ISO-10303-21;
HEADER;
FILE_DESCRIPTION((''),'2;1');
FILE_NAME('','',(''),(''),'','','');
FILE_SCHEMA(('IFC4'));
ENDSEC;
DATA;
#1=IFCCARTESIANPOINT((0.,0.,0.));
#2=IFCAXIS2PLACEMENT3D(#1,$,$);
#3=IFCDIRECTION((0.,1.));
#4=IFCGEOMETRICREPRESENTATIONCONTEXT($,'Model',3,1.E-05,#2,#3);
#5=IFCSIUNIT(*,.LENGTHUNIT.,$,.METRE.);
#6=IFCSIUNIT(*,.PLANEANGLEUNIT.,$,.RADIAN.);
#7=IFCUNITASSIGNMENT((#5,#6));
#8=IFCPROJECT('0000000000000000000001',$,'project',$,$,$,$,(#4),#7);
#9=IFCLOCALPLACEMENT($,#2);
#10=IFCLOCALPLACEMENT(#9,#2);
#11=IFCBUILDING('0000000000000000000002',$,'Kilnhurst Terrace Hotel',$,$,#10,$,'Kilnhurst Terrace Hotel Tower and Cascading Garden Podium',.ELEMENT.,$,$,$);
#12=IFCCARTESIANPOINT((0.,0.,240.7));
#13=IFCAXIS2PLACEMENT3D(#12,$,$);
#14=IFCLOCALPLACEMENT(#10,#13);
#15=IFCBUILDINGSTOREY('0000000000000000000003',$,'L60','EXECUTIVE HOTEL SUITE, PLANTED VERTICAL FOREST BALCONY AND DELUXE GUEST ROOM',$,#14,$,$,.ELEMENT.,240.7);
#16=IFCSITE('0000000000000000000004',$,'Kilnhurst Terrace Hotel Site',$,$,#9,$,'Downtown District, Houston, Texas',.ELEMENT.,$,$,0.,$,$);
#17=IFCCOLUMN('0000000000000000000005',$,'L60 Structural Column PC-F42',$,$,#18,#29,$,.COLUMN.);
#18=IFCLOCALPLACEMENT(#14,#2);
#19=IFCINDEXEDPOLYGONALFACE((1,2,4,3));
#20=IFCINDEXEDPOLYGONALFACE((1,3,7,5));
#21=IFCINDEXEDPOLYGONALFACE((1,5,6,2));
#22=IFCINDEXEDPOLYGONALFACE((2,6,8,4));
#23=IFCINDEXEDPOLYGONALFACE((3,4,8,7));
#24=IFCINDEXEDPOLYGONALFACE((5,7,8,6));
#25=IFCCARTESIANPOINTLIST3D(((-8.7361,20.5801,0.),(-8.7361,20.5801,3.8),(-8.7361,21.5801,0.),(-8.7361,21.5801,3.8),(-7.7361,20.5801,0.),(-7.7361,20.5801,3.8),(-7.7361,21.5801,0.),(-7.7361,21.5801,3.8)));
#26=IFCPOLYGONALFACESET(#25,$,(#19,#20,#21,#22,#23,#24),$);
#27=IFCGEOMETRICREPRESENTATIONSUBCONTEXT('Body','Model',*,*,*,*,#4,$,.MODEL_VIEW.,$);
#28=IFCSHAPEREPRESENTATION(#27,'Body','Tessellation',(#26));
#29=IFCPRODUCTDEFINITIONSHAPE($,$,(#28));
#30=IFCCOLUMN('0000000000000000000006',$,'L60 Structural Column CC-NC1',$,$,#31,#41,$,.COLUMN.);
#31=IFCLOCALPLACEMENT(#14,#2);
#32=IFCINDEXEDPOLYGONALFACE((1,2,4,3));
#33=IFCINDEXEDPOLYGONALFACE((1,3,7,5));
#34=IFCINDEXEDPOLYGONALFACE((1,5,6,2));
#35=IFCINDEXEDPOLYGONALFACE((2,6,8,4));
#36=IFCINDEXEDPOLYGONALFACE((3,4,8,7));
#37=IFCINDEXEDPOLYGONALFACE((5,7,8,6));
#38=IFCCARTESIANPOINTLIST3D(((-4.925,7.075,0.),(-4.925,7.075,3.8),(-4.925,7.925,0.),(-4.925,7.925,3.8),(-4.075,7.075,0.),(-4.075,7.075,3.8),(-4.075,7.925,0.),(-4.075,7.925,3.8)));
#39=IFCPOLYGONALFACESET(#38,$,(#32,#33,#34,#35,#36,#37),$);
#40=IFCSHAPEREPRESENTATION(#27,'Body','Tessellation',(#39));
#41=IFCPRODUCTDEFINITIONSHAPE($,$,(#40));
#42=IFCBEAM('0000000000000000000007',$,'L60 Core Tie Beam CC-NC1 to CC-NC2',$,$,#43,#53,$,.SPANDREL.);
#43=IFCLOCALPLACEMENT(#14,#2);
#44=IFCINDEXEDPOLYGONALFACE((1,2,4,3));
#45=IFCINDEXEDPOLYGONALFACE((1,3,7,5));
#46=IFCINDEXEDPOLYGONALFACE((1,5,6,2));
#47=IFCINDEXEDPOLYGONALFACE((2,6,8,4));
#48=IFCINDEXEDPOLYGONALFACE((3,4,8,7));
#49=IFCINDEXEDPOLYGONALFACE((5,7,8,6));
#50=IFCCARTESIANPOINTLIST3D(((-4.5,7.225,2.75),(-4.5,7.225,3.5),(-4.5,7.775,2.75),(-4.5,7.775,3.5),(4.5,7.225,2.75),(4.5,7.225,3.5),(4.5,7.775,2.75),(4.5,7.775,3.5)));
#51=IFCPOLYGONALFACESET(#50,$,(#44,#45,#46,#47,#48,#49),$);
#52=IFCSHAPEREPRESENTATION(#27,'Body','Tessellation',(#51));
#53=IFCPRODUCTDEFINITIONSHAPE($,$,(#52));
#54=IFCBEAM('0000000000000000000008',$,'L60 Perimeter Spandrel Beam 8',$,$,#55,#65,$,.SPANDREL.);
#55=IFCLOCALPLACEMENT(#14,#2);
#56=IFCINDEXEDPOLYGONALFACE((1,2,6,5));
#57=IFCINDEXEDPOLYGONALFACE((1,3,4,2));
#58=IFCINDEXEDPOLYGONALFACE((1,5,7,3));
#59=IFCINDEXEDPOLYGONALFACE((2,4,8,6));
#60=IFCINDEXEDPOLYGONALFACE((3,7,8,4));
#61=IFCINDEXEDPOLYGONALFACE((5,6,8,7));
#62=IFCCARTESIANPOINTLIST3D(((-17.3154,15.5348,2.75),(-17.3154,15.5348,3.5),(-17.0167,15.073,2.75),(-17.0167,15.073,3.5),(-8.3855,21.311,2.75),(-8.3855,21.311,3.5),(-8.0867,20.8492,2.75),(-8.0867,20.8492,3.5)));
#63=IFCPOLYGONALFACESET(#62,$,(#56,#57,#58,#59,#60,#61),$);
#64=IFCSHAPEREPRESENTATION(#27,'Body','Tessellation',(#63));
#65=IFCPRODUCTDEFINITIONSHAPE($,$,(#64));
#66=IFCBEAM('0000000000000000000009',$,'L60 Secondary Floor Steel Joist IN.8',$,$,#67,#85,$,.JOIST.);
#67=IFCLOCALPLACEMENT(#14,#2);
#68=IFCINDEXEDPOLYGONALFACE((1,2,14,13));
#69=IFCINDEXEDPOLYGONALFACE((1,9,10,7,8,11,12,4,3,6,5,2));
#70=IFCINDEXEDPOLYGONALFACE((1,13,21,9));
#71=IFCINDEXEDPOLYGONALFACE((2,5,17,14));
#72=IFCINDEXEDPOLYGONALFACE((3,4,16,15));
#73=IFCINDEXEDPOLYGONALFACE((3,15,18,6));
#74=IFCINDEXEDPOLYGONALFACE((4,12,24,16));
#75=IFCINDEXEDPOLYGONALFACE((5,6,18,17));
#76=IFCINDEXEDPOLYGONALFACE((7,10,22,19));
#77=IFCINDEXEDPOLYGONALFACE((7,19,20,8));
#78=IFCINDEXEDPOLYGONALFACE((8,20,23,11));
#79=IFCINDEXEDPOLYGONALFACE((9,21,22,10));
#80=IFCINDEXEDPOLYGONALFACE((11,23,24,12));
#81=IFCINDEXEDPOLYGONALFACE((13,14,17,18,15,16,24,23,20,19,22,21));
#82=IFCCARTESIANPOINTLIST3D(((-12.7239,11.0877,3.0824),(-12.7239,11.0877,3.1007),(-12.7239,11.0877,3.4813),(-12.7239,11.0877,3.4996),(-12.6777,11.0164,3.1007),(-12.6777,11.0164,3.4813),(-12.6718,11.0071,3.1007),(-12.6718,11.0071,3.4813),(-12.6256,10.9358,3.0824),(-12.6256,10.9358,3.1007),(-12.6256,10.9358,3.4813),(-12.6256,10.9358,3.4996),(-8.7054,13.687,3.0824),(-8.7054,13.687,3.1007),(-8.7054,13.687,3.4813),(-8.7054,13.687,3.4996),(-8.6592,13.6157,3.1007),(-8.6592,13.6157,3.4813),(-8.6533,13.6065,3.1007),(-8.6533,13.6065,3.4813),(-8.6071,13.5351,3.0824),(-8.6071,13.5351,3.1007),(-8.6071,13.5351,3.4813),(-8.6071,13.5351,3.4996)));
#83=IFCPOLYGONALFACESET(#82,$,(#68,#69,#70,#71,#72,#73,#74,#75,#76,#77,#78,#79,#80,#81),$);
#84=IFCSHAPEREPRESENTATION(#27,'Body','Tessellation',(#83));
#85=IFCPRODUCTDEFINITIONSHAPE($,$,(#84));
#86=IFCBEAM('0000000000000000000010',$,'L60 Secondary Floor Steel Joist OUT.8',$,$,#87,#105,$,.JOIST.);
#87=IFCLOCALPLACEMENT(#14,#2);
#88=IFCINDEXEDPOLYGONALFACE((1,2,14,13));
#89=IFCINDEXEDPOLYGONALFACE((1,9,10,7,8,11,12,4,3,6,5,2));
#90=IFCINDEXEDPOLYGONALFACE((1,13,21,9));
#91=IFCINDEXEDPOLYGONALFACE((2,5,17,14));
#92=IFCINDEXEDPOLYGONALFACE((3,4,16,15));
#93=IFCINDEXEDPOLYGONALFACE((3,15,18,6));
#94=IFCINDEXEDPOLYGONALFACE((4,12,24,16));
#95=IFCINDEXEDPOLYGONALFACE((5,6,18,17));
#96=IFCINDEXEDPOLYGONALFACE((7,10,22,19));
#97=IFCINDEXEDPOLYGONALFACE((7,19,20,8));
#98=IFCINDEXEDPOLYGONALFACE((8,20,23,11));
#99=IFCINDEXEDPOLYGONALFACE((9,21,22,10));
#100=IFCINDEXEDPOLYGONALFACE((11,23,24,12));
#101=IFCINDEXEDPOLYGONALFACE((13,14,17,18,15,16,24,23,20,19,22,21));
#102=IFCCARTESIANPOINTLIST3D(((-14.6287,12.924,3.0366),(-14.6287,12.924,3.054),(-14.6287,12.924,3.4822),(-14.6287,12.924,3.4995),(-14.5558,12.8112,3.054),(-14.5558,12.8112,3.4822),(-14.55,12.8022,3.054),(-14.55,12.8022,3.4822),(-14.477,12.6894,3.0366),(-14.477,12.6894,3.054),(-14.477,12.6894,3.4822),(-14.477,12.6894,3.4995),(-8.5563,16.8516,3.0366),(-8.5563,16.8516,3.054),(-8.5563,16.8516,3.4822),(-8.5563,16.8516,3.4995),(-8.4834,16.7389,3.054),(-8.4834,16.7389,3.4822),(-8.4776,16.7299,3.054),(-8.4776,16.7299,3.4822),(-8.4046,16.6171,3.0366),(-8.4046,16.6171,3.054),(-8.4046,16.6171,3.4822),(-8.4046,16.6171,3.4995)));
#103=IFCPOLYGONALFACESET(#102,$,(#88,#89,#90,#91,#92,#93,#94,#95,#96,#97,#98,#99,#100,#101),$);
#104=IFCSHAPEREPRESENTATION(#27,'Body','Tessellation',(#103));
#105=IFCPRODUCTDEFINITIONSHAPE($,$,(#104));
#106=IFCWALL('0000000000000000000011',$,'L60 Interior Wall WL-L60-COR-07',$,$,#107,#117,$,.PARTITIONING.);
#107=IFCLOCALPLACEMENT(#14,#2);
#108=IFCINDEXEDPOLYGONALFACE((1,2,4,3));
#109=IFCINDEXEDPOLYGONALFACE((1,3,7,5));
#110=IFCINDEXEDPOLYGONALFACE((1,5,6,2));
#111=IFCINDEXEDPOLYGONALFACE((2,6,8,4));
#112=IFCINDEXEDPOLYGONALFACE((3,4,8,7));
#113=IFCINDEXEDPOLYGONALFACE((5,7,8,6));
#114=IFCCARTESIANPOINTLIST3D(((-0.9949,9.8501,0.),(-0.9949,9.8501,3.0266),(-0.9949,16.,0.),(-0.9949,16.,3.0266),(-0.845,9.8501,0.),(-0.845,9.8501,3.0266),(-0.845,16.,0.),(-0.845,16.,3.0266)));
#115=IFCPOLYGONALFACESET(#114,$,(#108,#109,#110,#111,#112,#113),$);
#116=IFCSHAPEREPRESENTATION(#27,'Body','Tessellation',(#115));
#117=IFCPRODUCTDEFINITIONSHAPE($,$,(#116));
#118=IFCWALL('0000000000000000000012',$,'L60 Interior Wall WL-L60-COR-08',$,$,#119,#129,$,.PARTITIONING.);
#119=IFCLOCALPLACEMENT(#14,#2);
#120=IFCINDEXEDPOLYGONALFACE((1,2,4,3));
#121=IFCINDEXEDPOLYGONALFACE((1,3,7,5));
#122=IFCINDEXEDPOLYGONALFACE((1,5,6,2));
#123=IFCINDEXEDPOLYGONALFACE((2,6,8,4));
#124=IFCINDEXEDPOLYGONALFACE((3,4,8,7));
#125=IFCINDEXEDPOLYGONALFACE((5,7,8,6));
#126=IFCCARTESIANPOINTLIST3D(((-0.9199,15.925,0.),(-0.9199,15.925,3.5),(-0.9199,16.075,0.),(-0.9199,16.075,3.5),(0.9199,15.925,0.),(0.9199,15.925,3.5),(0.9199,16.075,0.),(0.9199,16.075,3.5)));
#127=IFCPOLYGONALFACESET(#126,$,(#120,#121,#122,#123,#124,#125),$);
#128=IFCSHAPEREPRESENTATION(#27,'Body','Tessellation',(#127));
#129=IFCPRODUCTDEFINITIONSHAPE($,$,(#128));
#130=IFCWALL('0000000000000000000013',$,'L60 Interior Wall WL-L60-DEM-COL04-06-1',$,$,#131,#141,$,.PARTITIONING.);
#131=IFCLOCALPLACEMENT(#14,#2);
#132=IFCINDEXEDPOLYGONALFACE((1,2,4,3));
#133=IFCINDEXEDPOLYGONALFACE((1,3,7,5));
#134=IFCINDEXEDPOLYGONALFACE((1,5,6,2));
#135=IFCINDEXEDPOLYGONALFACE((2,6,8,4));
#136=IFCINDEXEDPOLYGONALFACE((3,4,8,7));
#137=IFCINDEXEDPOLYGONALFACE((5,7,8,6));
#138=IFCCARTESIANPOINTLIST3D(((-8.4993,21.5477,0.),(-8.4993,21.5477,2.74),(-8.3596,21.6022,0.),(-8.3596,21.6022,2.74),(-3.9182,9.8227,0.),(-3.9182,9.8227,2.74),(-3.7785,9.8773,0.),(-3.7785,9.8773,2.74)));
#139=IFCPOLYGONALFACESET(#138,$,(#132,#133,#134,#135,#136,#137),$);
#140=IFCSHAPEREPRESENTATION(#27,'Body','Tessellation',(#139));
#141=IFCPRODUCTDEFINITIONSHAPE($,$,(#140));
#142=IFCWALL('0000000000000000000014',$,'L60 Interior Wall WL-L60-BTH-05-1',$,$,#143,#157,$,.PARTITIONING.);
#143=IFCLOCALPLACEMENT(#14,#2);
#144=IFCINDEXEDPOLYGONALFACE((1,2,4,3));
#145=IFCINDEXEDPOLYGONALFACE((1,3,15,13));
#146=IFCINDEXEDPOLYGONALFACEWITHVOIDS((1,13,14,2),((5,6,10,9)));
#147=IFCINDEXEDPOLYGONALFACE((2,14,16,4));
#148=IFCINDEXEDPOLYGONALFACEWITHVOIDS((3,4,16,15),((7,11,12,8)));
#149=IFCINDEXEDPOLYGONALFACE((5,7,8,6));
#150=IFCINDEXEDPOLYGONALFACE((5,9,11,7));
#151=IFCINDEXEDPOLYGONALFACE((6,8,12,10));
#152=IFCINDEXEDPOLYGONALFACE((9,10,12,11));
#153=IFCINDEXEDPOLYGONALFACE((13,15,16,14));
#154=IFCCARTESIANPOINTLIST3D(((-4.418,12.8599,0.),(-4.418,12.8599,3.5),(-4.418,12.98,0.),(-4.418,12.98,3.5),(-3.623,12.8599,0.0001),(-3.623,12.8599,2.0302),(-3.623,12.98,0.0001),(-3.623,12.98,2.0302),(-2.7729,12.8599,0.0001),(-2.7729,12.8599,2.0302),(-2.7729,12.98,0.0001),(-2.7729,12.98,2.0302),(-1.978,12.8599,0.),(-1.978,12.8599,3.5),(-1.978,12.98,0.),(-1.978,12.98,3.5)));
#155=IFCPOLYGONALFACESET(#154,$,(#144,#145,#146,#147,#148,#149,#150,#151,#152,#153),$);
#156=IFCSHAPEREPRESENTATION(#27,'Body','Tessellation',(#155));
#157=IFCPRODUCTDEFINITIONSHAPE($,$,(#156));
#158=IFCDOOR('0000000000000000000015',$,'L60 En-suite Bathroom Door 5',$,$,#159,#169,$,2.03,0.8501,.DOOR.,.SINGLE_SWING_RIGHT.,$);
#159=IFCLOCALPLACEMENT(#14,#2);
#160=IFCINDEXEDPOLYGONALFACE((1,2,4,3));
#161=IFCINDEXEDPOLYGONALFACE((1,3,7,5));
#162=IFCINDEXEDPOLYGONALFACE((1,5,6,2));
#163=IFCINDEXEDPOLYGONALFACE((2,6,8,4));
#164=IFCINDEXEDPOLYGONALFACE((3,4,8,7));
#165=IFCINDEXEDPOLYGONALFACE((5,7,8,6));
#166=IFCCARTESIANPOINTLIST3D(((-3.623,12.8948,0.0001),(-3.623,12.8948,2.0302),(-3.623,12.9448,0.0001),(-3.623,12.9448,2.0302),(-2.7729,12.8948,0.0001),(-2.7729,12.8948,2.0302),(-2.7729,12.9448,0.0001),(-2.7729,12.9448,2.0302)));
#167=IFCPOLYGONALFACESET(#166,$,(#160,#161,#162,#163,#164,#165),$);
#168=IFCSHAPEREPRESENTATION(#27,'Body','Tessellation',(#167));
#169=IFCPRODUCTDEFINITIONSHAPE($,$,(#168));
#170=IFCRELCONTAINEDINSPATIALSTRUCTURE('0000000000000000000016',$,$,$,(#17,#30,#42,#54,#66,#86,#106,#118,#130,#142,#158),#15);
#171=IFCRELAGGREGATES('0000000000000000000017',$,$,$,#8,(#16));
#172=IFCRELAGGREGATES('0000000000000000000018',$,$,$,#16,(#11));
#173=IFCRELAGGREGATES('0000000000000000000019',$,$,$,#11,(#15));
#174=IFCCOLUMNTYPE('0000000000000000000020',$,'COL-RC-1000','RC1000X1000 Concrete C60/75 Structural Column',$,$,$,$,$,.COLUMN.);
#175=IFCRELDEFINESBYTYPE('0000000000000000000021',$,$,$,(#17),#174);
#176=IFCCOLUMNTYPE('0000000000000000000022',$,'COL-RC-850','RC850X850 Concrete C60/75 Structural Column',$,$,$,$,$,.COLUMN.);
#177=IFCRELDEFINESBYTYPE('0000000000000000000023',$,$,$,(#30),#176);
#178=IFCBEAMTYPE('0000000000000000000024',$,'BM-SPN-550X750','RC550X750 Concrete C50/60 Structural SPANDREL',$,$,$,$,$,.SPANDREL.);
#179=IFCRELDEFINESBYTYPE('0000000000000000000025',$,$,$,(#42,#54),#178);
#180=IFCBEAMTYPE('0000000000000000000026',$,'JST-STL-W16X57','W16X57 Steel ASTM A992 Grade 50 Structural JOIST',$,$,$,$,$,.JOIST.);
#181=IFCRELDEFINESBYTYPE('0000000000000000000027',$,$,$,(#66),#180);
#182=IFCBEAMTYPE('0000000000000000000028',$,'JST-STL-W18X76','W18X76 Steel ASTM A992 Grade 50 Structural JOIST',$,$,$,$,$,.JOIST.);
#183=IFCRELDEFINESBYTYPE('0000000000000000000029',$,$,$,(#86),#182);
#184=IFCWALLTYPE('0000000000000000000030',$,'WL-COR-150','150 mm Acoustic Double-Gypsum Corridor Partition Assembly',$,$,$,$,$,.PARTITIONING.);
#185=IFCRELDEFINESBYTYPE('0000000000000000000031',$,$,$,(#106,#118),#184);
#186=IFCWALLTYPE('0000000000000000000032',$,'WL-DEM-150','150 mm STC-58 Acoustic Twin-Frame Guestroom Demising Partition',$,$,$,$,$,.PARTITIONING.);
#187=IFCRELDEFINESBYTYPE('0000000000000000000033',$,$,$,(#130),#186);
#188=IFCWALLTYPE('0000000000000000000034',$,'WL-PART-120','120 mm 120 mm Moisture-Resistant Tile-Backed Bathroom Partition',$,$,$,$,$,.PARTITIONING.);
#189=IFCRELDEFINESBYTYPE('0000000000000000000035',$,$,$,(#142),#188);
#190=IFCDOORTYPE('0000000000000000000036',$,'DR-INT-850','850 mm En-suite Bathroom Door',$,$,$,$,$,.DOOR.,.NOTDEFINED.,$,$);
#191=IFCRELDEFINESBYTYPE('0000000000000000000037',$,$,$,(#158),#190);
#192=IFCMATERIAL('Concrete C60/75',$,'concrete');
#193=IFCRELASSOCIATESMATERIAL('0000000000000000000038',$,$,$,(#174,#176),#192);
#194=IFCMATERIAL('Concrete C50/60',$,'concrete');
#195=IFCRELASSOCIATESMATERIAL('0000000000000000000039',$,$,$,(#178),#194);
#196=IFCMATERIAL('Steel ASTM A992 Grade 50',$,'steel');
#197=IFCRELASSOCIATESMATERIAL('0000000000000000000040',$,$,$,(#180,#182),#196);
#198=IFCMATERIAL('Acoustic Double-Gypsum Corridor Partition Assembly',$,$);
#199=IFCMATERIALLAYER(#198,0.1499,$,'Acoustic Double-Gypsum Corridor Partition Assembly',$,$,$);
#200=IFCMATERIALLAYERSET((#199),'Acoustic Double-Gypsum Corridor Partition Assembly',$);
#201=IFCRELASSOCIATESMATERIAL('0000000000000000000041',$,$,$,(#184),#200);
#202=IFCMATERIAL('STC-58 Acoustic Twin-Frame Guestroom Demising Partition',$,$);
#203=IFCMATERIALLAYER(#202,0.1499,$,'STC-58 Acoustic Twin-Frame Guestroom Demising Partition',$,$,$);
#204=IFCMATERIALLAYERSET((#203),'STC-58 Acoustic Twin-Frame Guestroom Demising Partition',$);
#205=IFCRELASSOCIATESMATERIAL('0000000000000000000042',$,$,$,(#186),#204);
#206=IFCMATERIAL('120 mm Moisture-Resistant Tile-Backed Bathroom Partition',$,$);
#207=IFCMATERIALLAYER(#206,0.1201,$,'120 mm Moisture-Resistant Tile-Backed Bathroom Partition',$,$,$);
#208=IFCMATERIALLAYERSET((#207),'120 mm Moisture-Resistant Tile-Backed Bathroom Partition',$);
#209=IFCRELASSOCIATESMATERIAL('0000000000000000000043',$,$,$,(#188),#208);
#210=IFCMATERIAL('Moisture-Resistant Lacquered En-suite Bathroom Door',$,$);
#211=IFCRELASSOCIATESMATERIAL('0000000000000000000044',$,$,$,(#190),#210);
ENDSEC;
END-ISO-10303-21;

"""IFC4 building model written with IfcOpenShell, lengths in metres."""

from ifc_helpers import new_model, si_unit, direction, frame, frame_2d, origin, origin_2d, place, context, subcontext, project, spatial, rectangle, i_section, extrude, material, layer, layer_set, material_profile, profile_set, type_object, element, fill, save


model = new_model("IFC4")

# Units and contexts
model_context = context("Model", 3, precision=1e-05, world=origin(), true_north=direction((0.0, 1.0)))
body_context = subcontext(model_context, "Body", "Model", "MODEL_VIEW")
ifc_project = project(units=[si_unit("LENGTHUNIT", "METRE"), si_unit("PLANEANGLEUNIT", "RADIAN")], contexts=[model_context])

# Site, building, storey
site_placement = place(None, origin())
site = spatial("IfcSite", under=ifc_project, at=site_placement, Name="Kilnhurst Terrace Hotel Site", LongName="Downtown District, Houston, Texas", CompositionType="ELEMENT", RefElevation=0.0)
building_placement = place(site_placement, origin())
building = spatial("IfcBuilding", under=site, at=building_placement, Name="Kilnhurst Terrace Hotel", LongName="Kilnhurst Terrace Hotel Tower and Cascading Garden Podium", CompositionType="ELEMENT")
storey_placement = place(building_placement, frame((0.0, 0.0, 240.7)))
storey = spatial("IfcBuildingStorey", under=building, at=storey_placement, Name="L60", Description="EXECUTIVE HOTEL SUITE, PLANTED VERTICAL FOREST BALCONY AND DELUXE GUEST ROOM", CompositionType="ELEMENT", Elevation=240.7)

# Columns
ifc_material_1 = material(Name="Concrete C60/75", Category="concrete")
ifc_material_profile_1 = material_profile(ifc_material_1, rectangle(XDim=1.0, YDim=1.0, at=origin_2d()), Name="RC1000X1000")
ifc_profile_set_1 = profile_set([ifc_material_profile_1], Name="Concrete C60/75")
column_type_1 = type_object("IfcColumnType", Name="COL-RC-1000", Description="RC1000X1000 Concrete C60/75 Structural Column", PredefinedType="COLUMN", material=ifc_profile_set_1)
column_1_placement = place(storey_placement, frame((-8.2361, 21.0801, 0.0), z_axis=(0.0, 0.0, 1.0), x_axis=(1.0, 0.0, 0.0)))
element("IfcColumn", 1, at=column_1_placement, inside=storey, type_object=column_type_1, Name="L60 Structural Column PC-F42", PredefinedType="COLUMN", context=body_context, shape_type="SweptSolid", body=[
    extrude(rectangle(XDim=1.0, YDim=1.0, at=origin_2d()), origin(), (0.0, 0.0, 1.0), 3.8),
])
ifc_material_profile_2 = material_profile(ifc_material_1, rectangle(XDim=0.8501, YDim=0.8501, at=origin_2d()), Name="RC850X850")
ifc_profile_set_2 = profile_set([ifc_material_profile_2], Name="Concrete C60/75")
column_type_2 = type_object("IfcColumnType", Name="COL-RC-850", Description="RC850X850 Concrete C60/75 Structural Column", PredefinedType="COLUMN", material=ifc_profile_set_2)
column_2_placement = place(storey_placement, frame((-4.5, 7.5, 0.0), z_axis=(0.0, 0.0, 1.0), x_axis=(1.0, 0.0, 0.0)))
element("IfcColumn", 2, at=column_2_placement, inside=storey, type_object=column_type_2, Name="L60 Structural Column CC-NC1", PredefinedType="COLUMN", context=body_context, shape_type="SweptSolid", body=[
    extrude(rectangle(XDim=0.8501, YDim=0.8501, at=origin_2d()), origin(), (0.0, 0.0, 1.0), 3.8),
])

# Beams
ifc_material_2 = material(Name="Concrete C50/60", Category="concrete")
ifc_material_profile_3 = material_profile(ifc_material_2, rectangle(XDim=0.55, YDim=0.75, at=origin_2d()), Name="RC550X750")
ifc_profile_set_3 = profile_set([ifc_material_profile_3], Name="Concrete C50/60")
beam_type_1 = type_object("IfcBeamType", Name="BM-SPN-550X750", Description="RC550X750 Concrete C50/60 Structural SPANDREL", PredefinedType="SPANDREL", material=ifc_profile_set_3)
beam_1_placement = place(storey_placement, frame((-4.5, 7.5, 3.125), z_axis=(1.0, 0.0, 0.0), x_axis=(0.0, 1.0, 0.0)))
element("IfcBeam", 3, at=beam_1_placement, inside=storey, type_object=beam_type_1, Name="L60 Core Tie Beam CC-NC1 to CC-NC2", PredefinedType="SPANDREL", context=body_context, shape_type="SweptSolid", body=[
    extrude(rectangle(XDim=0.55, YDim=0.75, at=origin_2d()), origin(), (0.0, 0.0, 1.0), 9.0),
])
beam_2_placement = place(storey_placement, frame((-8.2361, 21.0801, 3.125), z_axis=(-0.839659, -0.543114, 0.0), x_axis=(0.543114, -0.839659, 0.0)))
element("IfcBeam", 4, at=beam_2_placement, inside=storey, type_object=beam_type_1, Name="L60 Perimeter Spandrel Beam 8", PredefinedType="SPANDREL", context=body_context, shape_type="SweptSolid", body=[
    extrude(rectangle(XDim=0.55, YDim=0.75, at=origin_2d()), origin(), (0.0, 0.0, 1.0), 10.6353),
])
ifc_material_3 = material(Name="Steel ASTM A992 Grade 50", Category="steel")
ifc_material_profile_4 = material_profile(ifc_material_3, i_section(OverallWidth=0.1809, OverallDepth=0.4172, WebThickness=0.011, FlangeThickness=0.0183, at=origin_2d()), Name="W16X57")
ifc_profile_set_4 = profile_set([ifc_material_profile_4], Name="Steel ASTM A992 Grade 50")
beam_type_2 = type_object("IfcBeamType", Name="JST-STL-W16X57", Description="W16X57 Steel ASTM A992 Grade 50 Structural JOIST", PredefinedType="JOIST", material=ifc_profile_set_4)
beam_3_placement = place(storey_placement, frame((-8.6562, 13.6111, 3.291), z_axis=(-0.839654, -0.543122, 0.0), x_axis=(0.543122, -0.839654, 0.0)))
element("IfcBeam", 5, at=beam_3_placement, inside=storey, type_object=beam_type_2, Name="L60 Secondary Floor Steel Joist IN.8", PredefinedType="JOIST", context=body_context, shape_type="SweptSolid", body=[
    extrude(i_section(OverallWidth=0.1809, OverallDepth=0.4172, WebThickness=0.011, FlangeThickness=0.0183, at=origin_2d()), origin(), (0.0, 0.0, 1.0), 4.7859),
])
ifc_material_profile_5 = material_profile(ifc_material_3, i_section(OverallWidth=0.2793, OverallDepth=0.4629, WebThickness=0.0107, FlangeThickness=0.0173, at=origin_2d()), Name="W18X76")
ifc_profile_set_5 = profile_set([ifc_material_profile_5], Name="Steel ASTM A992 Grade 50")
beam_type_3 = type_object("IfcBeamType", Name="JST-STL-W18X76", Description="W18X76 Steel ASTM A992 Grade 50 Structural JOIST", PredefinedType="JOIST", material=ifc_profile_set_5)
beam_4_placement = place(storey_placement, frame((-8.4805, 16.7344, 3.2681), z_axis=(-0.839667, -0.543101, 0.0), x_axis=(0.543101, -0.839667, 0.0)))
element("IfcBeam", 6, at=beam_4_placement, inside=storey, type_object=beam_type_3, Name="L60 Secondary Floor Steel Joist OUT.8", PredefinedType="JOIST", context=body_context, shape_type="SweptSolid", body=[
    extrude(i_section(OverallWidth=0.2793, OverallDepth=0.4629, WebThickness=0.0107, FlangeThickness=0.0173, at=origin_2d()), origin(), (0.0, 0.0, 1.0), 7.2319),
])

# Walls
ifc_material_4 = material(Name="Acoustic Double-Gypsum Corridor Partition Assembly")
ifc_layer_1 = layer(ifc_material_4, 0.1499, Name="Acoustic Double-Gypsum Corridor Partition Assembly")
ifc_layer_set_1 = layer_set([ifc_layer_1], Name="Acoustic Double-Gypsum Corridor Partition Assembly")
wall_type_1 = type_object("IfcWallType", Name="WL-COR-150", Description="150 mm Acoustic Double-Gypsum Corridor Partition Assembly", PredefinedType="PARTITIONING", material=ifc_layer_set_1)
wall_1_placement = place(storey_placement, frame((-0.9199, 9.8501, 0.0), z_axis=(0.0, 0.0, 1.0), x_axis=(0.0, 1.0, 0.0)))
element("IfcWall", 7, at=wall_1_placement, inside=storey, type_object=wall_type_1, Name="L60 Interior Wall WL-L60-COR-07", PredefinedType="PARTITIONING", context=body_context, shape_type="SweptSolid", body=[
    extrude(rectangle(XDim=6.1499, YDim=0.1499, at=frame_2d((3.075, 0.0))), origin(), (0.0, 0.0, 1.0), 3.0266),
])
wall_2_placement = place(storey_placement, frame((-0.9199, 16.0, 0.0), z_axis=(0.0, 0.0, 1.0), x_axis=(1.0, 0.0, 0.0)))
element("IfcWall", 8, at=wall_2_placement, inside=storey, type_object=wall_type_1, Name="L60 Interior Wall WL-L60-COR-08", PredefinedType="PARTITIONING", context=body_context, shape_type="SweptSolid", body=[
    extrude(rectangle(XDim=1.8398, YDim=0.1499, at=frame_2d((0.9199, 0.0))), origin(), (0.0, 0.0, 1.0), 3.5),
])
ifc_material_5 = material(Name="STC-58 Acoustic Twin-Frame Guestroom Demising Partition")
ifc_layer_2 = layer(ifc_material_5, 0.1499, Name="STC-58 Acoustic Twin-Frame Guestroom Demising Partition")
ifc_layer_set_2 = layer_set([ifc_layer_2], Name="STC-58 Acoustic Twin-Frame Guestroom Demising Partition")
wall_type_2 = type_object("IfcWallType", Name="WL-DEM-150", Description="150 mm STC-58 Acoustic Twin-Frame Guestroom Demising Partition", PredefinedType="PARTITIONING", material=ifc_layer_set_2)
wall_3_placement = place(storey_placement, frame((-3.8484, 9.8501, 0.0), z_axis=(0.0, 0.0, 1.0), x_axis=(-0.363922, 0.93143, 0.0)))
element("IfcWall", 9, at=wall_3_placement, inside=storey, type_object=wall_type_2, Name="L60 Interior Wall WL-L60-DEM-COL04-06-1", PredefinedType="PARTITIONING", context=body_context, shape_type="SweptSolid", body=[
    extrude(rectangle(XDim=12.5881, YDim=0.1499, at=frame_2d((6.2939, 0.0))), origin(), (0.0, 0.0, 1.0), 2.74),
])

# Wall, opening, door
ifc_material_6 = material(Name="120 mm Moisture-Resistant Tile-Backed Bathroom Partition")
ifc_layer_3 = layer(ifc_material_6, 0.1201, Name="120 mm Moisture-Resistant Tile-Backed Bathroom Partition")
ifc_layer_set_3 = layer_set([ifc_layer_3], Name="120 mm Moisture-Resistant Tile-Backed Bathroom Partition")
wall_type_3 = type_object("IfcWallType", Name="WL-PART-120", Description="120 mm 120 mm Moisture-Resistant Tile-Backed Bathroom Partition", PredefinedType="PARTITIONING", material=ifc_layer_set_3)
wall_4_placement = place(storey_placement, frame((-4.418, 12.9199, 0.0), z_axis=(0.0, 0.0, 1.0), x_axis=(1.0, 0.0, 0.0)))
wall_4 = element("IfcWall", 10, at=wall_4_placement, inside=storey, type_object=wall_type_3, Name="L60 Interior Wall WL-L60-BTH-05-1", PredefinedType="PARTITIONING", context=body_context, shape_type="SweptSolid", body=[
    extrude(rectangle(XDim=2.4399, YDim=0.1201, at=frame_2d((1.22, 0.0))), origin(), (0.0, 0.0, 1.0), 3.5),
])
opening_1_placement = place(wall_4_placement, frame((0.7949, 0.0, 0.0)))
opening_1 = element("IfcOpeningElement", 11, at=opening_1_placement, cuts=wall_4, PredefinedType="OPENING", context=body_context, shape_type="SweptSolid", body=[
    extrude(rectangle(XDim=0.8501, YDim=2.03, at=frame_2d((0.425, 1.0151))), frame((0.0, 0.0701, 0.0), z_axis=(0.0, -1.0, 0.0), x_axis=(1.0, 0.0, 0.0)), (0.0, 0.0, 1.0), 0.1401),
])
ifc_material_7 = material(Name="Moisture-Resistant Lacquered En-suite Bathroom Door")
door_type_1 = type_object("IfcDoorType", Name="DR-INT-850", Description="850 mm En-suite Bathroom Door", OperationType="NOTDEFINED", PredefinedType="DOOR", material=ifc_material_7)
door_1_placement = place(opening_1_placement, origin())
door_1 = element("IfcDoor", 12, at=door_1_placement, inside=storey, type_object=door_type_1, Name="L60 En-suite Bathroom Door 5", OperationType="SINGLE_SWING_RIGHT", OverallHeight=2.03, OverallWidth=0.8501, PredefinedType="DOOR", context=body_context, shape_type="SweptSolid", body=[
    extrude(rectangle(XDim=0.8501, YDim=2.03, at=frame_2d((0.425, 1.0151))), frame((0.0, 0.0249, 0.0), z_axis=(0.0, -1.0, 0.0), x_axis=(1.0, 0.0, 0.0)), (0.0, 0.0, 1.0), 0.05),
])
fill(opening_1, door_1)

save(model, "model.ifc")
